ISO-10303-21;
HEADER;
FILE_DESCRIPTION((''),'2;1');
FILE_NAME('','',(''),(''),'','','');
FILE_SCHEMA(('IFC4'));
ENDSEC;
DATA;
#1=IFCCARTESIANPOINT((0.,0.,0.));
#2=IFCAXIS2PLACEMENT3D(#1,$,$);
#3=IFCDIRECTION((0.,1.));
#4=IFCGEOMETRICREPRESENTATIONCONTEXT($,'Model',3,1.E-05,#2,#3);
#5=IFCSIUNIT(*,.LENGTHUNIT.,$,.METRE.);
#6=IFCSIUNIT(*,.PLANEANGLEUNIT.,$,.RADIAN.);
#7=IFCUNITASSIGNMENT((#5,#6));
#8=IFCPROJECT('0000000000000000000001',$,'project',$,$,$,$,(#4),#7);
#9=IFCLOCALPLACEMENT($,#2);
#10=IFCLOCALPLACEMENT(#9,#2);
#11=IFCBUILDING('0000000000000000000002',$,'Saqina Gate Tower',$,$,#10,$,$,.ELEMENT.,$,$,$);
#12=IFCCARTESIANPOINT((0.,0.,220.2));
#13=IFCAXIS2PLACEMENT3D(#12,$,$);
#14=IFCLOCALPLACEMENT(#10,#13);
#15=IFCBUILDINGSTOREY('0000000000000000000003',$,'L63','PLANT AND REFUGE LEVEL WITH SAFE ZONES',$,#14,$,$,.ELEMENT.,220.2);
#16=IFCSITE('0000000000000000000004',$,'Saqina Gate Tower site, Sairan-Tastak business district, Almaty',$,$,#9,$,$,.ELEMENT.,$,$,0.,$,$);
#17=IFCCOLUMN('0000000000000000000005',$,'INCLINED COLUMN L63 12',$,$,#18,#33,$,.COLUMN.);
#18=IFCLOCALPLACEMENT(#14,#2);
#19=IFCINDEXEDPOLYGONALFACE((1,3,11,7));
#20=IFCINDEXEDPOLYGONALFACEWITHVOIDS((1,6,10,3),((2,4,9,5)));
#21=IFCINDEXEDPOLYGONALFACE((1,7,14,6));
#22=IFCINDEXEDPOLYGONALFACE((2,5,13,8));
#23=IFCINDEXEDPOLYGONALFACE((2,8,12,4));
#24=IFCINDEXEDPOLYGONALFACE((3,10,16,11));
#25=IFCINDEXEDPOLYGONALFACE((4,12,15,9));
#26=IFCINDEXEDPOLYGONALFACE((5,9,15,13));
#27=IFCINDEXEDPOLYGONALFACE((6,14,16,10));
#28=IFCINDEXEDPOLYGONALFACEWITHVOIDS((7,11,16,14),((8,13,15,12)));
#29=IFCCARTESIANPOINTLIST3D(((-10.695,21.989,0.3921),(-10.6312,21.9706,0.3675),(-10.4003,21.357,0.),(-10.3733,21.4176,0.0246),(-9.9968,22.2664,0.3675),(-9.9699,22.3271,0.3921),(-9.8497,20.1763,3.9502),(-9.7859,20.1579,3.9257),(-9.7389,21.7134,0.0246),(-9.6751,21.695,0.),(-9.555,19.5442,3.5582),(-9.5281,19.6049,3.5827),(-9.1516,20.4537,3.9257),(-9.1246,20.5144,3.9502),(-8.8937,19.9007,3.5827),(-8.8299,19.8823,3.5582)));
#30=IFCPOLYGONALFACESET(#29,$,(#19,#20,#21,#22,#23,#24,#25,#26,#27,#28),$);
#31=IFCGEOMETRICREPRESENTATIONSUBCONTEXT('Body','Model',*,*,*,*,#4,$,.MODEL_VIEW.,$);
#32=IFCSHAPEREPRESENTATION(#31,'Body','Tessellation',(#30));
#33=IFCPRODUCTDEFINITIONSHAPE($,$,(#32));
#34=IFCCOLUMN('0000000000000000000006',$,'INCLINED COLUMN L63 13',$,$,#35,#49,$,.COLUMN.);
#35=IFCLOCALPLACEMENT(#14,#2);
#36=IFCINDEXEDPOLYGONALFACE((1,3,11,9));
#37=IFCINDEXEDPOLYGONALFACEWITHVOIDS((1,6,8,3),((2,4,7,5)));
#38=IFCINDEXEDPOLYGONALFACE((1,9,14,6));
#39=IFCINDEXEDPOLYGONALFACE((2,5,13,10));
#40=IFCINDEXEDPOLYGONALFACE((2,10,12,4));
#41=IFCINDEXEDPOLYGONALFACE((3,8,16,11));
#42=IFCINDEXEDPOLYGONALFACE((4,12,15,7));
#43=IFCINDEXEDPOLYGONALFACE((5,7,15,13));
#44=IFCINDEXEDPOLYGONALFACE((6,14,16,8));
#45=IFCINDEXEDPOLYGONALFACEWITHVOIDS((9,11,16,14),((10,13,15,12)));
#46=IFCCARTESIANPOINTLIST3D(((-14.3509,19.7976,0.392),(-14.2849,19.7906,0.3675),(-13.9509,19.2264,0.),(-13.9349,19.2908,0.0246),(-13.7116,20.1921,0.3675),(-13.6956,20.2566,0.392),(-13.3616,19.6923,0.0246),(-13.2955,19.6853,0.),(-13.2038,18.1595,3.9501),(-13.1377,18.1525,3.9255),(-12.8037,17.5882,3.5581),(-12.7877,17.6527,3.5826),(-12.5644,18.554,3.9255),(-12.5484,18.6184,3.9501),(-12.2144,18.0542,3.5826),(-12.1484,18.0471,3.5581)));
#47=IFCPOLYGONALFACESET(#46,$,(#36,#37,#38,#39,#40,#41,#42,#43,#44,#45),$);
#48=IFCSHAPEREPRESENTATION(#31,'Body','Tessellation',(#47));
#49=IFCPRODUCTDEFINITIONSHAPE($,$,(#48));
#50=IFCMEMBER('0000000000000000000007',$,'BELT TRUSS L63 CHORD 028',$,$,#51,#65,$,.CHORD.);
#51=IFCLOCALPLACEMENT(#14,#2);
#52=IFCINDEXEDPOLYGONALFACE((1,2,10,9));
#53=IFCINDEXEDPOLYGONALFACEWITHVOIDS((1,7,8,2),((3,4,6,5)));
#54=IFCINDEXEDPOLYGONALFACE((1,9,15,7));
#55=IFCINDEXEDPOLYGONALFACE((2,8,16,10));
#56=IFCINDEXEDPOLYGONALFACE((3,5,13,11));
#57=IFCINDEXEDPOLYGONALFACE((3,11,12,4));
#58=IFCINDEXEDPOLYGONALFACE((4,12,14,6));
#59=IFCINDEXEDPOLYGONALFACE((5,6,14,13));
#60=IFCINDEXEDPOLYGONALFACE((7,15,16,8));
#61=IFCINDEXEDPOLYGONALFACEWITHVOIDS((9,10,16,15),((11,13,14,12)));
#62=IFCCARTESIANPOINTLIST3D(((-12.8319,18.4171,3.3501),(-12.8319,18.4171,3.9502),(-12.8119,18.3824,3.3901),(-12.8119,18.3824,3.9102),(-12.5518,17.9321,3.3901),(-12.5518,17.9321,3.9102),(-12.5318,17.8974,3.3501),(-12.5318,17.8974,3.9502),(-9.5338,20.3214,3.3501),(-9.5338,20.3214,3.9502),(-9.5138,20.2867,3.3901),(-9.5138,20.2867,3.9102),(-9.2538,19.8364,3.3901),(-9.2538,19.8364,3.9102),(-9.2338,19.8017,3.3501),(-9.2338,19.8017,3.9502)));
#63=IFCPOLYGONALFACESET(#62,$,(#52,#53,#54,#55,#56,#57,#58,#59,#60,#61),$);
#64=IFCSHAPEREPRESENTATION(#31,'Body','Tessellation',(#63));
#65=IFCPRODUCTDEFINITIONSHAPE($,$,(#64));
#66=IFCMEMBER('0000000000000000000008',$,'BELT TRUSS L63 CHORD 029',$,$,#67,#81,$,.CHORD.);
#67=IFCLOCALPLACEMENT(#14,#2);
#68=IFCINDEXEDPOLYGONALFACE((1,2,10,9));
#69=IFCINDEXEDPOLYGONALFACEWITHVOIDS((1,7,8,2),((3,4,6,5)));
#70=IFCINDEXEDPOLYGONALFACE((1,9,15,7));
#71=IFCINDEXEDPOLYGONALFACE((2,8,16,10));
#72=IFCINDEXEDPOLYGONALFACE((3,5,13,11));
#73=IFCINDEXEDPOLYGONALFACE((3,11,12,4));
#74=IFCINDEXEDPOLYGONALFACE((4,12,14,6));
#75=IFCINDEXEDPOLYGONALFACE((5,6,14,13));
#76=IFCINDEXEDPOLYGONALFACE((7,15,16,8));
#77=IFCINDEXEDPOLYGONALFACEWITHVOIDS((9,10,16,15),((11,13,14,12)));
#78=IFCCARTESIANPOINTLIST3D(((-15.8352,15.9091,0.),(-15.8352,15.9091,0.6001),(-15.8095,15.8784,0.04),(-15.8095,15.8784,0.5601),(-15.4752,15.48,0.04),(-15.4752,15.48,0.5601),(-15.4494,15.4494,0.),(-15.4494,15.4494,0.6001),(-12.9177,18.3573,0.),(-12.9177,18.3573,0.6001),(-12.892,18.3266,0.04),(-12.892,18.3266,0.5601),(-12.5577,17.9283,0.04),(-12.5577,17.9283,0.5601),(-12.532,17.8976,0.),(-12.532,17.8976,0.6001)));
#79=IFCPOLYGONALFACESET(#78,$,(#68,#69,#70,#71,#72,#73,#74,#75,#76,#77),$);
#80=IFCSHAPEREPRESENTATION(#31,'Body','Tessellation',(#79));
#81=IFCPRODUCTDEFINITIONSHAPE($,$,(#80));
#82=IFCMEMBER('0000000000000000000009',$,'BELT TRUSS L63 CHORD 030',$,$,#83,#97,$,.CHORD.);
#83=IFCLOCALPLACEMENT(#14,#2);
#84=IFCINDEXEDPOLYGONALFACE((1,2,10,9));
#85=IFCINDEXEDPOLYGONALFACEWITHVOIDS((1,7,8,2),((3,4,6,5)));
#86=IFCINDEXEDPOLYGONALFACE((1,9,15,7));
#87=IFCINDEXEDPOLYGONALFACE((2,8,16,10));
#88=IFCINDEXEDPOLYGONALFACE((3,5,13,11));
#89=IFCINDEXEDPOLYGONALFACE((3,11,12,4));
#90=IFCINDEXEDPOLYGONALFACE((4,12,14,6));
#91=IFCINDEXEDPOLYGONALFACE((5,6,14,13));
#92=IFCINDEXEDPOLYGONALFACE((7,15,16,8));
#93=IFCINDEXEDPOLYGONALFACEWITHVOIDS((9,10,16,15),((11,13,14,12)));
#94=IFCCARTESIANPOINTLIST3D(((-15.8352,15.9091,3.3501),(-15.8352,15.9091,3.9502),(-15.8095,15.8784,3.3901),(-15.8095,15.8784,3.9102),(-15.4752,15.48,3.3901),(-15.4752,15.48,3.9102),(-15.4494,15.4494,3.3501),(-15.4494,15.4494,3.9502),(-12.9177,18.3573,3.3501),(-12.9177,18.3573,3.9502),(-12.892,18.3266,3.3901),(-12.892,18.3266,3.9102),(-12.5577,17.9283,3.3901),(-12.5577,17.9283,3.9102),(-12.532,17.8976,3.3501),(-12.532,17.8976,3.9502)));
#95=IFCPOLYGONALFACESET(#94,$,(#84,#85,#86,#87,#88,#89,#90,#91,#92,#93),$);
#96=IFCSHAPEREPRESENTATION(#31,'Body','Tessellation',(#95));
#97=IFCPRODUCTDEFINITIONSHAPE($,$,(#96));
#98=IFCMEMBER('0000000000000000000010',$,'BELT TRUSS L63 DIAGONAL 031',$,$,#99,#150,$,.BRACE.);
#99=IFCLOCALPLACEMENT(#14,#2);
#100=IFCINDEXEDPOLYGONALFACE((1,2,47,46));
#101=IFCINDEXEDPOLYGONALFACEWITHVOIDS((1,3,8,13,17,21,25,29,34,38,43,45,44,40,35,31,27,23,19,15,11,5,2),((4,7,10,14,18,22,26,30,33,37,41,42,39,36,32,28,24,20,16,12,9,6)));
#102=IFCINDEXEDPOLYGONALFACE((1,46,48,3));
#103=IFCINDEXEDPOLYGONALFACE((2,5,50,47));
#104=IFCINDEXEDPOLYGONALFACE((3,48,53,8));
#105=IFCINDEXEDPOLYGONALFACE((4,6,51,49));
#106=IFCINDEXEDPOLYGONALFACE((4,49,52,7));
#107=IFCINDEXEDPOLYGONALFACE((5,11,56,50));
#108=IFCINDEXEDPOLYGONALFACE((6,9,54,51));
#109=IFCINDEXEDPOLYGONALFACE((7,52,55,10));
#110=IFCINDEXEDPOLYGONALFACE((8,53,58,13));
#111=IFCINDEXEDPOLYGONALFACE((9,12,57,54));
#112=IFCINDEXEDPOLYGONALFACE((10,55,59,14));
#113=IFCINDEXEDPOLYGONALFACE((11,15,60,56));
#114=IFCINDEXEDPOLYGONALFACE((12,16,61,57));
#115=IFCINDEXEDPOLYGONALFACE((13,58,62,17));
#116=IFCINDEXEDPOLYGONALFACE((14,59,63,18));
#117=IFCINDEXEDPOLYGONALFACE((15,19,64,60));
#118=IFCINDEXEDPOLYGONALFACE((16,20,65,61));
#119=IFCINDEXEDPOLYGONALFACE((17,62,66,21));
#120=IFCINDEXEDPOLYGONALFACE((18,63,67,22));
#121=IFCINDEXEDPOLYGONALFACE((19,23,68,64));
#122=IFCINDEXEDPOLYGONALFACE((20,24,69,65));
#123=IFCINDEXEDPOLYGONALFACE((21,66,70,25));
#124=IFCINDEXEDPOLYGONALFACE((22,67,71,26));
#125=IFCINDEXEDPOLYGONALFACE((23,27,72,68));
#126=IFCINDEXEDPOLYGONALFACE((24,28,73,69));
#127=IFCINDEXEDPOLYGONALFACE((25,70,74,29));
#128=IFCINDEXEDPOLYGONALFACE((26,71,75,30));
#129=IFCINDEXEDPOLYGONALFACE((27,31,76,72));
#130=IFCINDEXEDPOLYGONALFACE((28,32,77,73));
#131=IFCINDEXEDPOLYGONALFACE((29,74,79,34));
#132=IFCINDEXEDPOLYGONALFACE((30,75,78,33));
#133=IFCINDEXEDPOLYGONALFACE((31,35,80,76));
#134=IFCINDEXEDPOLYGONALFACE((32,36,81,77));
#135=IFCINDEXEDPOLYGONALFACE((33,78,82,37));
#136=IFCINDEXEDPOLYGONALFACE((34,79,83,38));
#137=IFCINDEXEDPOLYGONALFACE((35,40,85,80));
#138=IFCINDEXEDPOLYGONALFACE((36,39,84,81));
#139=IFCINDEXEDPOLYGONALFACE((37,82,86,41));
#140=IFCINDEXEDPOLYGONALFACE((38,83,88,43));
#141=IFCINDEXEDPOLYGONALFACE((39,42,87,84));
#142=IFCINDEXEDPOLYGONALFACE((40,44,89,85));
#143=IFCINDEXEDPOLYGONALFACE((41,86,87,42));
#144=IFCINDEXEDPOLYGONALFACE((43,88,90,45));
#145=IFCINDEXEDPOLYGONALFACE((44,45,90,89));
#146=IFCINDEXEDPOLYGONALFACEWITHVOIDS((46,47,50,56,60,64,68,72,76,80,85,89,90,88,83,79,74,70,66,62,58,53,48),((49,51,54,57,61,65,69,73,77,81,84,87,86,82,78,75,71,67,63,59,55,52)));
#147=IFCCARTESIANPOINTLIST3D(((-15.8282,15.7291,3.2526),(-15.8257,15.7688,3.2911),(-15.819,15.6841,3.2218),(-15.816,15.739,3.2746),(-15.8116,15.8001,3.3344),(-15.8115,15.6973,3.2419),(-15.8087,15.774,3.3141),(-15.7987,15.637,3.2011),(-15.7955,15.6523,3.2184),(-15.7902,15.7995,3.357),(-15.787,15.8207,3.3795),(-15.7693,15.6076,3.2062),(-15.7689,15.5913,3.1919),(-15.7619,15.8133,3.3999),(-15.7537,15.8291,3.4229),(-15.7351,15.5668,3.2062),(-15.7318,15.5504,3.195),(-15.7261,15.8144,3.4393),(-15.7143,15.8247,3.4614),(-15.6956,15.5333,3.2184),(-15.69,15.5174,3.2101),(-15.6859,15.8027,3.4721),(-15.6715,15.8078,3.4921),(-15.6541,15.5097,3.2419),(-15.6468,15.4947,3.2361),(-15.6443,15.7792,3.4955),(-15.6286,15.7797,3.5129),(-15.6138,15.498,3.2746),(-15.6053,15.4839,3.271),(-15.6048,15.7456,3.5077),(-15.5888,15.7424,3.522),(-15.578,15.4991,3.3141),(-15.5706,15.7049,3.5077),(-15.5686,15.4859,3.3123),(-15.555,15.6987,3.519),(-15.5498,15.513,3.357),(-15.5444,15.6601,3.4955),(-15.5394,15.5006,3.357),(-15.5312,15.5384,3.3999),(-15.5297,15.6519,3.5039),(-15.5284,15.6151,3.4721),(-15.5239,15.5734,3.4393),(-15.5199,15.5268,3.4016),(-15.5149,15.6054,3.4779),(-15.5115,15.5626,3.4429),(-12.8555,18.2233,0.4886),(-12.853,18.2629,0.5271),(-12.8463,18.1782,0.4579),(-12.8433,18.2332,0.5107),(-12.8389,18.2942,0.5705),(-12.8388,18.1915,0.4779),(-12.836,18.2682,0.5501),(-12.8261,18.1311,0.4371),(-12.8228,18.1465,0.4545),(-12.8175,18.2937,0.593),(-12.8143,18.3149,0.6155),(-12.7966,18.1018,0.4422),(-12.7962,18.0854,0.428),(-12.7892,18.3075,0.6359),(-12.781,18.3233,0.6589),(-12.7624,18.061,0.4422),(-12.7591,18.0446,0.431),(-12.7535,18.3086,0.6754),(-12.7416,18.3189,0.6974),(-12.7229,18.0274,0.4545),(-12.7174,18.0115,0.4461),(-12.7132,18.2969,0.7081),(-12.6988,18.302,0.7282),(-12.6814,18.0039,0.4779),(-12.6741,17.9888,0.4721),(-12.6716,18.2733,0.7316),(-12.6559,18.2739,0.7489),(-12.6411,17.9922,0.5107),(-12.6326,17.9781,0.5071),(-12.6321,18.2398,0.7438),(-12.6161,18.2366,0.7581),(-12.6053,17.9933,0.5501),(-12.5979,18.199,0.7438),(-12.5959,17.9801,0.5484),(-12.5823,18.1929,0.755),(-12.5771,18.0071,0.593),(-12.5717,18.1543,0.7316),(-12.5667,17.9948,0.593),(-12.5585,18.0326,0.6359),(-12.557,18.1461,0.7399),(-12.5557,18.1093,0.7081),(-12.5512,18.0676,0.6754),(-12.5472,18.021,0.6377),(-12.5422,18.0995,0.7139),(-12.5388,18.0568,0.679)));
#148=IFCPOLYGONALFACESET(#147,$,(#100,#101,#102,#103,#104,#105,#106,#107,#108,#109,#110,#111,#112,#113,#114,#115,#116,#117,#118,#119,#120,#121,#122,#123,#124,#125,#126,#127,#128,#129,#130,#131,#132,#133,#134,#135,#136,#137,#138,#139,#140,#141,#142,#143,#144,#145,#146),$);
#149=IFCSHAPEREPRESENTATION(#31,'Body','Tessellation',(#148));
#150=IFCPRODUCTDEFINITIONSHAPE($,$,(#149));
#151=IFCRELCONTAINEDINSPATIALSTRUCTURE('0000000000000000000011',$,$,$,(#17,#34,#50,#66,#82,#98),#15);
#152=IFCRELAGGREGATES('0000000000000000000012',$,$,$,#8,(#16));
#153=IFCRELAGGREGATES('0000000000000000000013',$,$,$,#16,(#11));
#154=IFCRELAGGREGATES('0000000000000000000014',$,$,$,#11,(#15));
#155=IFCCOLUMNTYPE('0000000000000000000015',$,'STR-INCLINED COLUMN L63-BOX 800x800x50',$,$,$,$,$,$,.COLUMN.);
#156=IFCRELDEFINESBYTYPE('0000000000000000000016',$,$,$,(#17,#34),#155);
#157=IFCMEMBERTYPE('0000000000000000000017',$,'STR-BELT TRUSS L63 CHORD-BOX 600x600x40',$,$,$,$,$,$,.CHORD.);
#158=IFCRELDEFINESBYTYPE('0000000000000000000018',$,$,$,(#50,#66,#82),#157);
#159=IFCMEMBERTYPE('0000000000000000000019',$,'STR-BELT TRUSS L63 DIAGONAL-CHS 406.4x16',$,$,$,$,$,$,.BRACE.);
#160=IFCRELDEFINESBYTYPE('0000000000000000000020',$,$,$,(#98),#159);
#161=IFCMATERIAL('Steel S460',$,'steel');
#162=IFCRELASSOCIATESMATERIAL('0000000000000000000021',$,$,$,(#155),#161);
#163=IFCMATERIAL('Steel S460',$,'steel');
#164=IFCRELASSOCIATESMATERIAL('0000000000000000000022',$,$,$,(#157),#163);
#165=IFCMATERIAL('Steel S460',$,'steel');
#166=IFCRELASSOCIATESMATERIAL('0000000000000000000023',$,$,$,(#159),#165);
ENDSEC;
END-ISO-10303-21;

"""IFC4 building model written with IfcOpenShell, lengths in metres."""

from ifc_helpers import new_model, si_unit, direction, frame, origin, origin_2d, place, context, subcontext, project, spatial, hollow_rectangle, hollow_circle, extrude, material, material_profile, profile_set, type_object, element, save


model = new_model("IFC4")

# Units and contexts
model_context = context("Model", 3, precision=1e-05, world=origin(), true_north=direction((0.0, 1.0)))
body_context = subcontext(model_context, "Body", "Model", "MODEL_VIEW")
ifc_project = project(units=[si_unit("LENGTHUNIT", "METRE"), si_unit("PLANEANGLEUNIT", "RADIAN")], contexts=[model_context])

# Site, building, storey
site_placement = place(None, origin())
site = spatial("IfcSite", under=ifc_project, at=site_placement, Name="Saqina Gate Tower site, Sairan-Tastak business district, Almaty", CompositionType="ELEMENT", RefElevation=0.0)
building_placement = place(site_placement, origin())
building = spatial("IfcBuilding", under=site, at=building_placement, Name="Saqina Gate Tower", CompositionType="ELEMENT")
storey_placement = place(building_placement, frame((0.0, 0.0, 220.2)))
storey = spatial("IfcBuildingStorey", under=building, at=storey_placement, Name="L63", Description="PLANT AND REFUGE LEVEL WITH SAFE ZONES", CompositionType="ELEMENT", Elevation=220.2)

# Columns
ifc_material_1 = material(Name="Steel S460", Category="steel")
ifc_material_profile_1 = material_profile(ifc_material_1, hollow_rectangle(XDim=0.8, YDim=0.8, WallThickness=0.05, at=origin_2d()), Name="BOX 800x800x50")
ifc_profile_set_1 = profile_set([ifc_material_profile_1], Name="Steel S460")
column_type = type_object("IfcColumnType", Name="STR-INCLINED COLUMN L63-BOX 800x800x50", PredefinedType="COLUMN", material=ifc_profile_set_1)
column_1_placement = place(storey_placement, frame((-10.1851, 21.842, 0.196), z_axis=(0.207073, -0.444111, 0.871714), x_axis=(0.906323, 0.422585, 0.0)))
element("IfcColumn", 1, at=column_1_placement, inside=storey, type_object=column_type, Name="INCLINED COLUMN L63 12", PredefinedType="COLUMN", context=body_context, shape_type="SweptSolid", body=[
    extrude(hollow_rectangle(XDim=0.8, YDim=0.8, WallThickness=0.05, at=origin_2d()), origin(), (0.0, 0.0, 1.0), 4.0818),
])
column_2_placement = place(storey_placement, frame((-13.8232, 19.7415, 0.196), z_axis=(0.281067, -0.401353, 0.871732), x_axis=(0.819117, 0.573626, 0.0)))
element("IfcColumn", 2, at=column_2_placement, inside=storey, type_object=column_type, Name="INCLINED COLUMN L63 13", PredefinedType="COLUMN", context=body_context, shape_type="SweptSolid", body=[
    extrude(hollow_rectangle(XDim=0.8, YDim=0.8, WallThickness=0.05, at=origin_2d()), origin(), (0.0, 0.0, 1.0), 4.0815),
])

# Members
ifc_material_2 = material(Name="Steel S460", Category="steel")
ifc_material_profile_2 = material_profile(ifc_material_2, hollow_rectangle(XDim=0.6001, YDim=0.6001, WallThickness=0.04, at=origin_2d()), Name="BOX 600x600x40")
ifc_profile_set_2 = profile_set([ifc_material_profile_2], Name="Steel S460")
member_type_1 = type_object("IfcMemberType", Name="STR-BELT TRUSS L63 CHORD-BOX 600x600x40", PredefinedType="CHORD", material=ifc_profile_set_2)
member_placement = place(storey_placement, frame((-9.3838, 20.0615, 3.6501), z_axis=(-0.866009, -0.500028, 0.0), x_axis=(0.500028, -0.866009, 0.0)))
element("IfcMember", 3, at=member_placement, inside=storey, type_object=member_type_1, Name="BELT TRUSS L63 CHORD 028", PredefinedType="CHORD", context=body_context, shape_type="SweptSolid", body=[
    extrude(hollow_rectangle(XDim=0.6001, YDim=0.6001, WallThickness=0.04, at=origin_2d()), origin(), (0.0, 0.0, 1.0), 3.8083),
])
for number, where, z_axis, x_axis, name in (
    (4, (-12.7249, 18.1274, 0.3), (-0.76602, -0.642816, 0.0), (0.642816, -0.76602, 0.0), "BELT TRUSS L63 CHORD 029"),
    (5, (-12.7249, 18.1274, 3.6501), (-0.76602, -0.642816, 0.0), (0.642816, -0.76602, 0.0), "BELT TRUSS L63 CHORD 030"),
):
    element("IfcMember", number, at=place(storey_placement, frame(where, z_axis=z_axis, x_axis=x_axis)), inside=storey, type_object=member_type_1, Name=name, PredefinedType="CHORD", context=body_context, shape_type="SweptSolid", body=[
        extrude(hollow_rectangle(XDim=0.6001, YDim=0.6001, WallThickness=0.04, at=origin_2d()), origin(), (0.0, 0.0, 1.0), 3.8086),
    ])
ifc_material_3 = material(Name="Steel S460", Category="steel")
ifc_material_profile_3 = material_profile(ifc_material_3, hollow_circle(Radius=0.2031, WallThickness=0.0161, at=origin_2d()), Name="CHS 406.4x16")
ifc_profile_set_3 = profile_set([ifc_material_profile_3], Name="Steel S460")
member_type_2 = type_object("IfcMemberType", Name="STR-BELT TRUSS L63 DIAGONAL-CHS 406.4x16", PredefinedType="BRACE", material=ifc_profile_set_3)
for number, where, z_axis, x_axis, name in (
    (6, (-12.6973, 18.1504, 0.593), (-0.62397, -0.523528, 0.580155), (0.642755, -0.766072, 0.0), "BELT TRUSS L63 DIAGONAL 031"),
):
    element("IfcMember", number, at=place(storey_placement, frame(where, z_axis=z_axis, x_axis=x_axis)), inside=storey, type_object=member_type_2, Name=name, PredefinedType="BRACE", context=body_context, shape_type="SweptSolid", body=[
        extrude(hollow_circle(Radius=0.2031, WallThickness=0.0161, at=origin_2d()), origin(), (0.0, 0.0, 1.0), 4.7642),
    ])

save(model, "model.ifc")
